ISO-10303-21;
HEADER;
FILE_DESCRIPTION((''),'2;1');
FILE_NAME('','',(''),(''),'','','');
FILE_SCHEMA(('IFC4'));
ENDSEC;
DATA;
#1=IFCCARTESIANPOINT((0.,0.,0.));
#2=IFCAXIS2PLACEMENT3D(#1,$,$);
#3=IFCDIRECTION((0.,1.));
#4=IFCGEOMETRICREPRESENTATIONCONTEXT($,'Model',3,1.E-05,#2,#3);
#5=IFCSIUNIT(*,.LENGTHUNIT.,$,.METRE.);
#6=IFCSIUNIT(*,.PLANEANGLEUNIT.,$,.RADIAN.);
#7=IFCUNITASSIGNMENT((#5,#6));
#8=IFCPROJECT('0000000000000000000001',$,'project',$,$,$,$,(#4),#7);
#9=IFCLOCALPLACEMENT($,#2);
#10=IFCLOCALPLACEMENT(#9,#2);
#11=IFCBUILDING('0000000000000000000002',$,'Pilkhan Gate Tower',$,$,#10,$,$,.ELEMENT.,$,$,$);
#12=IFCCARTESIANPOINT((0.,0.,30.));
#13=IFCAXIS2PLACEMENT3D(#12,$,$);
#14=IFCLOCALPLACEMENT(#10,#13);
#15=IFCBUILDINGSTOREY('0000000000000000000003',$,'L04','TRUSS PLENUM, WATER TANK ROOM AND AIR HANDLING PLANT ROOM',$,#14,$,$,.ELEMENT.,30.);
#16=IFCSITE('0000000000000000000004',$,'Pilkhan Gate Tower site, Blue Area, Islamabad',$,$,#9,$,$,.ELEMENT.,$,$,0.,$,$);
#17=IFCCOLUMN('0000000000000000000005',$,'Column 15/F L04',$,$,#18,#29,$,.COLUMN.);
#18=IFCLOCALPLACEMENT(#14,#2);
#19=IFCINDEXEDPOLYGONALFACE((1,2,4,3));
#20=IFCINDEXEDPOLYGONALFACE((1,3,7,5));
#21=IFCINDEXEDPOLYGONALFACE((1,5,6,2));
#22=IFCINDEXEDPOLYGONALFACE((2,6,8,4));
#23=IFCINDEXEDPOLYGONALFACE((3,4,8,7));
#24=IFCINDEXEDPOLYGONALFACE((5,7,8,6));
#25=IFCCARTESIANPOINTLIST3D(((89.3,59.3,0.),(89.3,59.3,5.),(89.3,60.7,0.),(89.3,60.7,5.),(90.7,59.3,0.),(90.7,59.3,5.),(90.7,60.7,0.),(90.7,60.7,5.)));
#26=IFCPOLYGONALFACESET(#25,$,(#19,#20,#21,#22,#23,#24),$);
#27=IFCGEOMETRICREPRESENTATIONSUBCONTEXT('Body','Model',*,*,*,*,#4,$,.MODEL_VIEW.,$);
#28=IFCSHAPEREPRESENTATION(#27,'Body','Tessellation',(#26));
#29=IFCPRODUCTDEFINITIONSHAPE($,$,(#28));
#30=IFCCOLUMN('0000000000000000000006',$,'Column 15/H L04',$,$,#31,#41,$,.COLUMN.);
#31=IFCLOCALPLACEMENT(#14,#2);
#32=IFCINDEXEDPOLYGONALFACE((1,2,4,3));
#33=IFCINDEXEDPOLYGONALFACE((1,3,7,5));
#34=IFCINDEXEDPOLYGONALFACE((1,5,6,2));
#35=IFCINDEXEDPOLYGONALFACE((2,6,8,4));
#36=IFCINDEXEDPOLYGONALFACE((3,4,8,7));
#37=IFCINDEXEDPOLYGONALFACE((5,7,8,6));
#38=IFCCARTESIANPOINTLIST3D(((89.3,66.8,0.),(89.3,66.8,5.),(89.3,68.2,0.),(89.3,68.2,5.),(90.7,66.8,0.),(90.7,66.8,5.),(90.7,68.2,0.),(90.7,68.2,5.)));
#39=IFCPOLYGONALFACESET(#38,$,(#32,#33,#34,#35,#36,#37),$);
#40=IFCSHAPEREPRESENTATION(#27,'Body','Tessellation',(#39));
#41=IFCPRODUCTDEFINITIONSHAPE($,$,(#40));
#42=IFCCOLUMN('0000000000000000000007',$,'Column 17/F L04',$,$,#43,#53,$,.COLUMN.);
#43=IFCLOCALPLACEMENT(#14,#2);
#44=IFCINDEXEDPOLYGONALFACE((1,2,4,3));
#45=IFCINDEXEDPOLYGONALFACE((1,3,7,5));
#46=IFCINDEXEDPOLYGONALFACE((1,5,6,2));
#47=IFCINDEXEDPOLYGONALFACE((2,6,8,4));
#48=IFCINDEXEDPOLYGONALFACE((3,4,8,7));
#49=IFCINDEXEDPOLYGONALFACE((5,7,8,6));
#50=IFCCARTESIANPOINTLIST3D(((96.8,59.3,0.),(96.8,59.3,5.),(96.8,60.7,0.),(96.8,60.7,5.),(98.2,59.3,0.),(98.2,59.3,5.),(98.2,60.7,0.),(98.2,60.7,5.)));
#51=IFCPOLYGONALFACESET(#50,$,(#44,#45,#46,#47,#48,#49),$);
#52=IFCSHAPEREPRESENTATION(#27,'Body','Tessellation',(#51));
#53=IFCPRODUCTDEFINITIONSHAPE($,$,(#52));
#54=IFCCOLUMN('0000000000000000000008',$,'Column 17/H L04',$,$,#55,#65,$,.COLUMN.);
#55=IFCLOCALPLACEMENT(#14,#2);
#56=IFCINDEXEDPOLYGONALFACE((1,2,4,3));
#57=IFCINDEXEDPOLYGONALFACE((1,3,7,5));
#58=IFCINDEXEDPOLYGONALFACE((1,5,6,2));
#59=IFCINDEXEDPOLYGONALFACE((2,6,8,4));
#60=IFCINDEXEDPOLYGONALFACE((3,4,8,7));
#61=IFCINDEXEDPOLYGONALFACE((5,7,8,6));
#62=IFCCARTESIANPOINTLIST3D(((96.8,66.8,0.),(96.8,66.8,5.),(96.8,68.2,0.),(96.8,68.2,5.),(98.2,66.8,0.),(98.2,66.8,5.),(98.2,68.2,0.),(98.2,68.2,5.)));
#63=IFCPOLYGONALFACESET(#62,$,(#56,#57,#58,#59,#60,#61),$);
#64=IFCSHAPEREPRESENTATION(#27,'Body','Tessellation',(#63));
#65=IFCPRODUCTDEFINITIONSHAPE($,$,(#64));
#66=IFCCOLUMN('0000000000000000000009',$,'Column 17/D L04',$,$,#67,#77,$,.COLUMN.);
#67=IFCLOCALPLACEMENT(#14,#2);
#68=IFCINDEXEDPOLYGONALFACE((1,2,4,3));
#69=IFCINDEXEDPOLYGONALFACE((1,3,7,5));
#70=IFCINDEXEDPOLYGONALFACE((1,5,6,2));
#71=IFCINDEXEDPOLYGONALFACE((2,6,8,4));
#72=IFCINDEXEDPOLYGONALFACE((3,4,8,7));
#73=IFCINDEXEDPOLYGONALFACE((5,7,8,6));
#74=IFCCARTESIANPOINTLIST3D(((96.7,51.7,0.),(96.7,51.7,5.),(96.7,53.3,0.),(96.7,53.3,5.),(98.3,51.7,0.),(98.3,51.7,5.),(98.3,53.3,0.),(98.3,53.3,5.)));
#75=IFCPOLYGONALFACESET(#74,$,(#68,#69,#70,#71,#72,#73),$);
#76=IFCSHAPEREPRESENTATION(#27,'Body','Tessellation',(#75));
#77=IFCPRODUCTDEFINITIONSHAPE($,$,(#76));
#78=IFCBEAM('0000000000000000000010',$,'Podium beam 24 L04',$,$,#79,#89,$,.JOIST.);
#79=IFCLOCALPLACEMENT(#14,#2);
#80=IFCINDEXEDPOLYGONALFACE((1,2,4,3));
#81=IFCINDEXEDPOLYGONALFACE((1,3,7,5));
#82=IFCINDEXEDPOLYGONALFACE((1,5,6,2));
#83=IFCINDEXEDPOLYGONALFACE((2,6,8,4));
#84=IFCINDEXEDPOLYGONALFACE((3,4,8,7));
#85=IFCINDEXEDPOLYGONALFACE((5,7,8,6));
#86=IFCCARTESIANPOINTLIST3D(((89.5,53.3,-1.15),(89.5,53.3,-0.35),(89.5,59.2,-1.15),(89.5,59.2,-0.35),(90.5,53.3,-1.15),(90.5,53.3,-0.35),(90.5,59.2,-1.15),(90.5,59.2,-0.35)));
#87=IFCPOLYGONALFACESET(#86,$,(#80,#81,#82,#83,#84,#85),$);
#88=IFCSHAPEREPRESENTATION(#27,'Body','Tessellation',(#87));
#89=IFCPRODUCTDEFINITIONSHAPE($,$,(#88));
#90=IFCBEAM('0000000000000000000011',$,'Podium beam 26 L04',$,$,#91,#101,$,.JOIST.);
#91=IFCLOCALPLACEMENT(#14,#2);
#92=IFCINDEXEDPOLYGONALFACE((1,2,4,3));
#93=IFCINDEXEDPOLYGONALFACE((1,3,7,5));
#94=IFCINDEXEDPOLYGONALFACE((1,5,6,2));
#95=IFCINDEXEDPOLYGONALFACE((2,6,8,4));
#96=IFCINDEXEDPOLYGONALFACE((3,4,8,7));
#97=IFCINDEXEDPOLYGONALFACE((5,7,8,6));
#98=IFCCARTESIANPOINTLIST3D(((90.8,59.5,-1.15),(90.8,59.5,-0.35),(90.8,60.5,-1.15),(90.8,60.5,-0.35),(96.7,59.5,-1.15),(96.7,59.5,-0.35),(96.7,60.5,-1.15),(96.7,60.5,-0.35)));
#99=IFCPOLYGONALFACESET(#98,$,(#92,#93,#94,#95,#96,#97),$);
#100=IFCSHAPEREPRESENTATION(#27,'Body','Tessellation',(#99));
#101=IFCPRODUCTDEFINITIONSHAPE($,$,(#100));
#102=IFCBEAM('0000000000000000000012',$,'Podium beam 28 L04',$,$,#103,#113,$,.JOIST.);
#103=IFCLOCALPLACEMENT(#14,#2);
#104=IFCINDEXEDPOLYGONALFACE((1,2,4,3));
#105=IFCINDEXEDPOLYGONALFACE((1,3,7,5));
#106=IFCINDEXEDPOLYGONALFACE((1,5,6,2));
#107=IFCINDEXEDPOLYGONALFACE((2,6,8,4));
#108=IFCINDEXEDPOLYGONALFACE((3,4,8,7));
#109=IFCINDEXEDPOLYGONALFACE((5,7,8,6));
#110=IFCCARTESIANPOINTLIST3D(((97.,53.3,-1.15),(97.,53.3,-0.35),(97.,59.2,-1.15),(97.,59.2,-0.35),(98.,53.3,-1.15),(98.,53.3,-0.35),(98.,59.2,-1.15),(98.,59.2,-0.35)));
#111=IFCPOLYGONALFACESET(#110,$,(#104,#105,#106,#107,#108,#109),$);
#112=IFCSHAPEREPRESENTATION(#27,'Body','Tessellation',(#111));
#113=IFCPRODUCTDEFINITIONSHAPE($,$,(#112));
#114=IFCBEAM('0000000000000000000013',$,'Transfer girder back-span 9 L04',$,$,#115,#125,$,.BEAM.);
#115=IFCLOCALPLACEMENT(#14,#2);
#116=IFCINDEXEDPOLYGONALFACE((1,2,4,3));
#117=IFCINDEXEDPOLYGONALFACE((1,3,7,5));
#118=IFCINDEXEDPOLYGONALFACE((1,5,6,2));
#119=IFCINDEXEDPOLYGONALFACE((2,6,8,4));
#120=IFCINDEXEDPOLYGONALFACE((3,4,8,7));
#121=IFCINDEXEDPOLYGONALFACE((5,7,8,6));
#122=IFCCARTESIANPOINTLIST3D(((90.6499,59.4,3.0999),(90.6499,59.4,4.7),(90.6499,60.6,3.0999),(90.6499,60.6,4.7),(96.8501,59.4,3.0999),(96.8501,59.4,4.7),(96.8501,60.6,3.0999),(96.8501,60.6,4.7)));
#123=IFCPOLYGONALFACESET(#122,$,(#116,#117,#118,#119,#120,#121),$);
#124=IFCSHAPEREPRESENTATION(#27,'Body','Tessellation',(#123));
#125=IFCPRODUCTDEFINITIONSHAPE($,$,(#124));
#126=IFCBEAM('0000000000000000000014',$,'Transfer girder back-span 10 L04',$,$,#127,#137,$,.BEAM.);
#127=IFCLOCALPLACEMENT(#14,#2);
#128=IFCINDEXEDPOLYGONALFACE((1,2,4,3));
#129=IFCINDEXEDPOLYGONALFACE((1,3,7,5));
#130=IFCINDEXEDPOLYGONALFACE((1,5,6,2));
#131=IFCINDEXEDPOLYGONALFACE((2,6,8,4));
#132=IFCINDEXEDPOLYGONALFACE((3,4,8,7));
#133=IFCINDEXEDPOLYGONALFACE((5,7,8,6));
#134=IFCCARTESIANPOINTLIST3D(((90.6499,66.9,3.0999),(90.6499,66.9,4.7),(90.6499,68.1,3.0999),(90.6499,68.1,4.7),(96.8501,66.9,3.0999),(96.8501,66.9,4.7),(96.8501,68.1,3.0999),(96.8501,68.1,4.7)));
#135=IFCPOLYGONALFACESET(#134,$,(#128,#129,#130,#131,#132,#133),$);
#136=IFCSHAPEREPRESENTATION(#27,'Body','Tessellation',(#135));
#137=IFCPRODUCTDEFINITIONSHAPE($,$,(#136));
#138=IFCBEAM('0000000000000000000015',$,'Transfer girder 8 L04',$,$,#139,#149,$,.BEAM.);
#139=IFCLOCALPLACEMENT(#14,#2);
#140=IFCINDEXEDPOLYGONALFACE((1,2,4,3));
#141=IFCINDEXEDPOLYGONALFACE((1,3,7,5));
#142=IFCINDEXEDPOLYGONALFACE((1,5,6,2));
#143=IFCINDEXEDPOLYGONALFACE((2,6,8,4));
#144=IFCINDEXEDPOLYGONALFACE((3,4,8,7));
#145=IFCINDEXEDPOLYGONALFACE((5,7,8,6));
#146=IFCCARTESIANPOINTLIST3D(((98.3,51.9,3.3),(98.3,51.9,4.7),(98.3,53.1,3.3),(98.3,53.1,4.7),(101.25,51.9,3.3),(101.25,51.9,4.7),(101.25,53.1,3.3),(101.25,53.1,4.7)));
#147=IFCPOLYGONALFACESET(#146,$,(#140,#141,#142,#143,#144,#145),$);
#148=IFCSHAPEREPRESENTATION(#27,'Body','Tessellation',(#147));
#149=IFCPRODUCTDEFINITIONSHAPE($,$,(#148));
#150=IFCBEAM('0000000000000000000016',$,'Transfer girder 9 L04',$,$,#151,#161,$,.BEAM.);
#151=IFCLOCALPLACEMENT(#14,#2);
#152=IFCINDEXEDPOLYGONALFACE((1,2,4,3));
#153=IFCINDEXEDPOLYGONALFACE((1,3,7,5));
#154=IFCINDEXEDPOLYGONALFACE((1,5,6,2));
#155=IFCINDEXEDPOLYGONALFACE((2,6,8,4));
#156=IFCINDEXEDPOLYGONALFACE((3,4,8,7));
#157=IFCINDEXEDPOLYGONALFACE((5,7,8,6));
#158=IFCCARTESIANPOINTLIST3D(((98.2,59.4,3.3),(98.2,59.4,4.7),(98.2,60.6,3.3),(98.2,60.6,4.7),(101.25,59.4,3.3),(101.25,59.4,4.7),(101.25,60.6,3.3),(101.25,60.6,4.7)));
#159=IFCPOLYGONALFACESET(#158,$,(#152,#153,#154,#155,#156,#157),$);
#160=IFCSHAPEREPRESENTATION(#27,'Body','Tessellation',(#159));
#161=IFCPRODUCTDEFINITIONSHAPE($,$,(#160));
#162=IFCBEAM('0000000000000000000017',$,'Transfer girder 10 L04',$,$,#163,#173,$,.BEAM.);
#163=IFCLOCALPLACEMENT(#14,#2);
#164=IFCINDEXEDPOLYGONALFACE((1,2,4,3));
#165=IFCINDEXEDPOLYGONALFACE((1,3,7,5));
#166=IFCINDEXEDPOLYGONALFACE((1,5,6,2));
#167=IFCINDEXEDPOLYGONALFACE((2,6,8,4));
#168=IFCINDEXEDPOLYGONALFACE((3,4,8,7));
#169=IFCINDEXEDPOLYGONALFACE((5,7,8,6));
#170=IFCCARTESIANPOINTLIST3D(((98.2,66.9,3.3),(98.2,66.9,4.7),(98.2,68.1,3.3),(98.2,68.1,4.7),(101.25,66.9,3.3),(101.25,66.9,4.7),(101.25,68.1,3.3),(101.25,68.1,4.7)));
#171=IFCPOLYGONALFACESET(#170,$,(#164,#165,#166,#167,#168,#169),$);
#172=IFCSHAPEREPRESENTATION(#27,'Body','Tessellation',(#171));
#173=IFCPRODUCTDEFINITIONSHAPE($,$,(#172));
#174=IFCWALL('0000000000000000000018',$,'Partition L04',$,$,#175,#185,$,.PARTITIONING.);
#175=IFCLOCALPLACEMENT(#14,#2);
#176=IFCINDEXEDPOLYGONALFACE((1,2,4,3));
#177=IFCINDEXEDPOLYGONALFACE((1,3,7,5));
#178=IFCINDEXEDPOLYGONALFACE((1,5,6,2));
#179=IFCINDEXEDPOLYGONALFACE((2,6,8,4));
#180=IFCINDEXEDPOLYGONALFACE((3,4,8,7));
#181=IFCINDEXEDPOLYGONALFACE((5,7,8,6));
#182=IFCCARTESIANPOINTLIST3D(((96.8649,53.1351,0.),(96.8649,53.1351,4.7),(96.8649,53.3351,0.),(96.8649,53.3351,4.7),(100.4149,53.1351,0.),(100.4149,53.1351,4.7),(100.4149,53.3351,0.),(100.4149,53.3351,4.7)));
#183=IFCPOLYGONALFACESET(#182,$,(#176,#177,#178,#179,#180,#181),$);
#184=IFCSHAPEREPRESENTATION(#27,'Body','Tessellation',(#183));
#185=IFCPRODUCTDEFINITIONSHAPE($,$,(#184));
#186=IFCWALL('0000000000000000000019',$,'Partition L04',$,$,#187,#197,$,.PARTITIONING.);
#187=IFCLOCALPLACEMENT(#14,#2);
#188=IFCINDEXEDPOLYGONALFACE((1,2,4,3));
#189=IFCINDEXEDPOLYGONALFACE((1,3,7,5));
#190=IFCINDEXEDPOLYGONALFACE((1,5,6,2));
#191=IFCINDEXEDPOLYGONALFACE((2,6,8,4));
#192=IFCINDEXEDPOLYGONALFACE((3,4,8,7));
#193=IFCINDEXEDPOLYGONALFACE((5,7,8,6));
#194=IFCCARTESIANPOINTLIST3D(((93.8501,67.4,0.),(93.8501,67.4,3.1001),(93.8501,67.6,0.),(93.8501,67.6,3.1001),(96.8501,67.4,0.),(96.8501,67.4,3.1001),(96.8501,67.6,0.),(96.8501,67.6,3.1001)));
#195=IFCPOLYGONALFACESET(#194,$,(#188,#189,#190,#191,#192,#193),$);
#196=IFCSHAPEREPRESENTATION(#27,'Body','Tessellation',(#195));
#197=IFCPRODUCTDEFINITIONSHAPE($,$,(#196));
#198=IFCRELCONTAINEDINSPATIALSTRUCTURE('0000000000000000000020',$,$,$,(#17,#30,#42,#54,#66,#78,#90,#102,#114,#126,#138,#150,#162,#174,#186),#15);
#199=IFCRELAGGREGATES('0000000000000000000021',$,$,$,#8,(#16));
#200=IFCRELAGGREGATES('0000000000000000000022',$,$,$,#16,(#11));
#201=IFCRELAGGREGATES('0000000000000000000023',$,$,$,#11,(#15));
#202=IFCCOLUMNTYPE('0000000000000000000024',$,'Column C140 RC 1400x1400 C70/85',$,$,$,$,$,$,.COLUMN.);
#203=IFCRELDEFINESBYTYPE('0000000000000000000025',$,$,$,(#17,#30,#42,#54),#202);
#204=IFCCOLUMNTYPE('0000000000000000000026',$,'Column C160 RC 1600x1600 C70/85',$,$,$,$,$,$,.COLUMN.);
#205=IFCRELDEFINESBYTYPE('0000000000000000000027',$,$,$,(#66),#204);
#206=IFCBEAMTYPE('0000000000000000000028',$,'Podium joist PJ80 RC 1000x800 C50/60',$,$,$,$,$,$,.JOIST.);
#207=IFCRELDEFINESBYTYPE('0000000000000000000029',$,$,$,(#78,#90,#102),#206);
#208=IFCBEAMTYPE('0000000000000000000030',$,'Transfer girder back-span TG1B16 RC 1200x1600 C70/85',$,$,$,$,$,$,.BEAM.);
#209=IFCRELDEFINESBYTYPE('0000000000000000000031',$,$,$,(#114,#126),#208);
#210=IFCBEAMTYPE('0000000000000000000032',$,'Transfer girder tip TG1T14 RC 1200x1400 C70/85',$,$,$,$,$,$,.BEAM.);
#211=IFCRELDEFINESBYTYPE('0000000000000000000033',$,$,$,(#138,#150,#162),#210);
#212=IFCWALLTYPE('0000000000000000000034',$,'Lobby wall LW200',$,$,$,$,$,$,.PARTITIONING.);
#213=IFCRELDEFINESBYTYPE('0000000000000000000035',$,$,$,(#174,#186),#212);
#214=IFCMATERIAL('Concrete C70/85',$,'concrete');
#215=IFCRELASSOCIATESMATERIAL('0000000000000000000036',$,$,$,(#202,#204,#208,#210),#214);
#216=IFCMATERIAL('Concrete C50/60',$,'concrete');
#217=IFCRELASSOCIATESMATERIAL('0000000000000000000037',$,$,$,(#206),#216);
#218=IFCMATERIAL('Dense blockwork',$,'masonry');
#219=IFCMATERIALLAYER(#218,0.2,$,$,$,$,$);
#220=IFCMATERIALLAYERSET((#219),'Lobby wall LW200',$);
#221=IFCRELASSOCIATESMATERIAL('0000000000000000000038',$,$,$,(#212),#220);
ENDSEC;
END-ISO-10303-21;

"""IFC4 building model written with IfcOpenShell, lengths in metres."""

from ifc_helpers import new_model, si_unit, direction, frame, frame_2d, origin, origin_2d, place, context, subcontext, project, spatial, rectangle, extrude, material, layer, layer_set, material_profile, profile_set, type_object, element, save


model = new_model("IFC4")

# Units and contexts
model_context = context("Model", 3, precision=1e-05, world=origin(), true_north=direction((0.0, 1.0)))
body_context = subcontext(model_context, "Body", "Model", "MODEL_VIEW")
ifc_project = project(units=[si_unit("LENGTHUNIT", "METRE"), si_unit("PLANEANGLEUNIT", "RADIAN")], contexts=[model_context])

# Site, building, storey
site_placement = place(None, origin())
site = spatial("IfcSite", under=ifc_project, at=site_placement, Name="Pilkhan Gate Tower site, Blue Area, Islamabad", CompositionType="ELEMENT", RefElevation=0.0)
building_placement = place(site_placement, origin())
building = spatial("IfcBuilding", under=site, at=building_placement, Name="Pilkhan Gate Tower", CompositionType="ELEMENT")
storey_placement = place(building_placement, frame((0.0, 0.0, 30.0)))
storey = spatial("IfcBuildingStorey", under=building, at=storey_placement, Name="L04", Description="TRUSS PLENUM, WATER TANK ROOM AND AIR HANDLING PLANT ROOM", CompositionType="ELEMENT", Elevation=30.0)

# Columns
ifc_material_1 = material(Name="Concrete C70/85", Category="concrete")
ifc_material_profile_1 = material_profile(ifc_material_1, rectangle(XDim=1.3999, YDim=1.3999, at=origin_2d()), Name="RC 1400x1400")
ifc_profile_set_1 = profile_set([ifc_material_profile_1], Name="Concrete C70/85")
column_type_1 = type_object("IfcColumnType", Name="Column C140 RC 1400x1400 C70/85", PredefinedType="COLUMN", material=ifc_profile_set_1)
for number, where, z_axis, x_axis, name in (
    (1, (90.0, 60.0, 0.0), (0.0, 0.0, 1.0), (1.0, 0.0, 0.0), "Column 15/F L04"),
    (2, (90.0, 67.5, 0.0), (0.0, 0.0, 1.0), (1.0, 0.0, 0.0), "Column 15/H L04"),
    (3, (97.5, 60.0, 0.0), (0.0, 0.0, 1.0), (1.0, 0.0, 0.0), "Column 17/F L04"),
    (4, (97.5, 67.5, 0.0), (0.0, 0.0, 1.0), (1.0, 0.0, 0.0), "Column 17/H L04"),
):
    element("IfcColumn", number, at=place(storey_placement, frame(where, z_axis=z_axis, x_axis=x_axis)), inside=storey, type_object=column_type_1, Name=name, PredefinedType="COLUMN", context=body_context, shape_type="SweptSolid", body=[
        extrude(rectangle(XDim=1.3999, YDim=1.3999, at=origin_2d()), origin(), (0.0, 0.0, 1.0), 5.0),
    ])
ifc_material_profile_2 = material_profile(ifc_material_1, rectangle(XDim=1.6001, YDim=1.6001, at=origin_2d()), Name="RC 1600x1600")
ifc_profile_set_2 = profile_set([ifc_material_profile_2], Name="Concrete C70/85")
column_type_2 = type_object("IfcColumnType", Name="Column C160 RC 1600x1600 C70/85", PredefinedType="COLUMN", material=ifc_profile_set_2)
column_placement = place(storey_placement, frame((97.5, 52.5, 0.0), z_axis=(0.0, 0.0, 1.0), x_axis=(1.0, 0.0, 0.0)))
element("IfcColumn", 5, at=column_placement, inside=storey, type_object=column_type_2, Name="Column 17/D L04", PredefinedType="COLUMN", context=body_context, shape_type="SweptSolid", body=[
    extrude(rectangle(XDim=1.6001, YDim=1.6001, at=origin_2d()), origin(), (0.0, 0.0, 1.0), 5.0),
])

# Beams
ifc_material_2 = material(Name="Concrete C50/60", Category="concrete")
ifc_material_profile_3 = material_profile(ifc_material_2, rectangle(XDim=1.0, YDim=0.8, at=origin_2d()), Name="RC 1000x800")
ifc_profile_set_3 = profile_set([ifc_material_profile_3], Name="Concrete C50/60")
beam_type_1 = type_object("IfcBeamType", Name="Podium joist PJ80 RC 1000x800 C50/60", PredefinedType="JOIST", material=ifc_profile_set_3)
for number, where, z_axis, x_axis, name in (
    (6, (90.0, 53.3, -0.75), (0.0, 1.0, 0.0), (-1.0, 0.0, 0.0), "Podium beam 24 L04"),
    (7, (90.8, 60.0, -0.75), (1.0, 0.0, 0.0), (0.0, 1.0, 0.0), "Podium beam 26 L04"),
    (8, (97.5, 53.3, -0.75), (0.0, 1.0, 0.0), (-1.0, 0.0, 0.0), "Podium beam 28 L04"),
):
    element("IfcBeam", number, at=place(storey_placement, frame(where, z_axis=z_axis, x_axis=x_axis)), inside=storey, type_object=beam_type_1, Name=name, PredefinedType="JOIST", context=body_context, shape_type="SweptSolid", body=[
        extrude(rectangle(XDim=1.0, YDim=0.8, at=origin_2d()), origin(), (0.0, 0.0, 1.0), 5.8999),
    ])
ifc_material_profile_4 = material_profile(ifc_material_1, rectangle(XDim=1.2, YDim=1.6001, at=origin_2d()), Name="RC 1200x1600")
ifc_profile_set_4 = profile_set([ifc_material_profile_4], Name="Concrete C70/85")
beam_type_2 = type_object("IfcBeamType", Name="Transfer girder back-span TG1B16 RC 1200x1600 C70/85", PredefinedType="BEAM", material=ifc_profile_set_4)
for number, where, z_axis, x_axis, name in (
    (9, (96.8501, 60.0, 3.8999), (-1.0, 0.0, 0.0), (0.0, -1.0, 0.0), "Transfer girder back-span 9 L04"),
    (10, (96.8501, 67.5, 3.8999), (-1.0, 0.0, 0.0), (0.0, -1.0, 0.0), "Transfer girder back-span 10 L04"),
):
    element("IfcBeam", number, at=place(storey_placement, frame(where, z_axis=z_axis, x_axis=x_axis)), inside=storey, type_object=beam_type_2, Name=name, PredefinedType="BEAM", context=body_context, shape_type="SweptSolid", body=[
        extrude(rectangle(XDim=1.2, YDim=1.6001, at=origin_2d()), origin(), (0.0, 0.0, 1.0), 6.2002),
    ])
ifc_material_profile_5 = material_profile(ifc_material_1, rectangle(XDim=1.2, YDim=1.3999, at=origin_2d()), Name="RC 1200x1400")
ifc_profile_set_5 = profile_set([ifc_material_profile_5], Name="Concrete C70/85")
beam_type_3 = type_object("IfcBeamType", Name="Transfer girder tip TG1T14 RC 1200x1400 C70/85", PredefinedType="BEAM", material=ifc_profile_set_5)
beam_placement = place(storey_placement, frame((101.25, 52.5, 4.0), z_axis=(-1.0, 0.0, 0.0), x_axis=(0.0, -1.0, 0.0)))
element("IfcBeam", 11, at=beam_placement, inside=storey, type_object=beam_type_3, Name="Transfer girder 8 L04", PredefinedType="BEAM", context=body_context, shape_type="SweptSolid", body=[
    extrude(rectangle(XDim=1.2, YDim=1.3999, at=origin_2d()), origin(), (0.0, 0.0, 1.0), 2.95),
])
for number, where, z_axis, x_axis, name in (
    (12, (101.25, 60.0, 4.0), (-1.0, 0.0, 0.0), (0.0, -1.0, 0.0), "Transfer girder 9 L04"),
    (13, (101.25, 67.5, 4.0), (-1.0, 0.0, 0.0), (0.0, -1.0, 0.0), "Transfer girder 10 L04"),
):
    element("IfcBeam", number, at=place(storey_placement, frame(where, z_axis=z_axis, x_axis=x_axis)), inside=storey, type_object=beam_type_3, Name=name, PredefinedType="BEAM", context=body_context, shape_type="SweptSolid", body=[
        extrude(rectangle(XDim=1.2, YDim=1.3999, at=origin_2d()), origin(), (0.0, 0.0, 1.0), 3.05),
    ])

# Walls
ifc_material_3 = material(Name="Dense blockwork", Category="masonry")
ifc_layer = layer(ifc_material_3, 0.2)
ifc_layer_set = layer_set([ifc_layer], Name="Lobby wall LW200")
wall_type = type_object("IfcWallType", Name="Lobby wall LW200", PredefinedType="PARTITIONING", material=ifc_layer_set)
wall_1_placement = place(storey_placement, frame((96.865, 53.2351, 0.0), z_axis=(0.0, 0.0, 1.0), x_axis=(1.0, 0.0, 0.0)))
element("IfcWall", 14, at=wall_1_placement, inside=storey, type_object=wall_type, Name="Partition L04", PredefinedType="PARTITIONING", context=body_context, shape_type="SweptSolid", body=[
    extrude(rectangle(XDim=3.55, YDim=0.2, at=frame_2d((1.7749, 0.0))), origin(), (0.0, 0.0, 1.0), 4.7),
])
wall_2_placement = place(storey_placement, frame((93.8501, 67.5, 0.0), z_axis=(0.0, 0.0, 1.0), x_axis=(1.0, 0.0, 0.0)))
element("IfcWall", 15, at=wall_2_placement, inside=storey, type_object=wall_type, Name="Partition L04", PredefinedType="PARTITIONING", context=body_context, shape_type="SweptSolid", body=[
    extrude(rectangle(XDim=3.0, YDim=0.2, at=frame_2d((1.5, 0.0))), origin(), (0.0, 0.0, 1.0), 3.1001),
])

save(model, "model.ifc")
